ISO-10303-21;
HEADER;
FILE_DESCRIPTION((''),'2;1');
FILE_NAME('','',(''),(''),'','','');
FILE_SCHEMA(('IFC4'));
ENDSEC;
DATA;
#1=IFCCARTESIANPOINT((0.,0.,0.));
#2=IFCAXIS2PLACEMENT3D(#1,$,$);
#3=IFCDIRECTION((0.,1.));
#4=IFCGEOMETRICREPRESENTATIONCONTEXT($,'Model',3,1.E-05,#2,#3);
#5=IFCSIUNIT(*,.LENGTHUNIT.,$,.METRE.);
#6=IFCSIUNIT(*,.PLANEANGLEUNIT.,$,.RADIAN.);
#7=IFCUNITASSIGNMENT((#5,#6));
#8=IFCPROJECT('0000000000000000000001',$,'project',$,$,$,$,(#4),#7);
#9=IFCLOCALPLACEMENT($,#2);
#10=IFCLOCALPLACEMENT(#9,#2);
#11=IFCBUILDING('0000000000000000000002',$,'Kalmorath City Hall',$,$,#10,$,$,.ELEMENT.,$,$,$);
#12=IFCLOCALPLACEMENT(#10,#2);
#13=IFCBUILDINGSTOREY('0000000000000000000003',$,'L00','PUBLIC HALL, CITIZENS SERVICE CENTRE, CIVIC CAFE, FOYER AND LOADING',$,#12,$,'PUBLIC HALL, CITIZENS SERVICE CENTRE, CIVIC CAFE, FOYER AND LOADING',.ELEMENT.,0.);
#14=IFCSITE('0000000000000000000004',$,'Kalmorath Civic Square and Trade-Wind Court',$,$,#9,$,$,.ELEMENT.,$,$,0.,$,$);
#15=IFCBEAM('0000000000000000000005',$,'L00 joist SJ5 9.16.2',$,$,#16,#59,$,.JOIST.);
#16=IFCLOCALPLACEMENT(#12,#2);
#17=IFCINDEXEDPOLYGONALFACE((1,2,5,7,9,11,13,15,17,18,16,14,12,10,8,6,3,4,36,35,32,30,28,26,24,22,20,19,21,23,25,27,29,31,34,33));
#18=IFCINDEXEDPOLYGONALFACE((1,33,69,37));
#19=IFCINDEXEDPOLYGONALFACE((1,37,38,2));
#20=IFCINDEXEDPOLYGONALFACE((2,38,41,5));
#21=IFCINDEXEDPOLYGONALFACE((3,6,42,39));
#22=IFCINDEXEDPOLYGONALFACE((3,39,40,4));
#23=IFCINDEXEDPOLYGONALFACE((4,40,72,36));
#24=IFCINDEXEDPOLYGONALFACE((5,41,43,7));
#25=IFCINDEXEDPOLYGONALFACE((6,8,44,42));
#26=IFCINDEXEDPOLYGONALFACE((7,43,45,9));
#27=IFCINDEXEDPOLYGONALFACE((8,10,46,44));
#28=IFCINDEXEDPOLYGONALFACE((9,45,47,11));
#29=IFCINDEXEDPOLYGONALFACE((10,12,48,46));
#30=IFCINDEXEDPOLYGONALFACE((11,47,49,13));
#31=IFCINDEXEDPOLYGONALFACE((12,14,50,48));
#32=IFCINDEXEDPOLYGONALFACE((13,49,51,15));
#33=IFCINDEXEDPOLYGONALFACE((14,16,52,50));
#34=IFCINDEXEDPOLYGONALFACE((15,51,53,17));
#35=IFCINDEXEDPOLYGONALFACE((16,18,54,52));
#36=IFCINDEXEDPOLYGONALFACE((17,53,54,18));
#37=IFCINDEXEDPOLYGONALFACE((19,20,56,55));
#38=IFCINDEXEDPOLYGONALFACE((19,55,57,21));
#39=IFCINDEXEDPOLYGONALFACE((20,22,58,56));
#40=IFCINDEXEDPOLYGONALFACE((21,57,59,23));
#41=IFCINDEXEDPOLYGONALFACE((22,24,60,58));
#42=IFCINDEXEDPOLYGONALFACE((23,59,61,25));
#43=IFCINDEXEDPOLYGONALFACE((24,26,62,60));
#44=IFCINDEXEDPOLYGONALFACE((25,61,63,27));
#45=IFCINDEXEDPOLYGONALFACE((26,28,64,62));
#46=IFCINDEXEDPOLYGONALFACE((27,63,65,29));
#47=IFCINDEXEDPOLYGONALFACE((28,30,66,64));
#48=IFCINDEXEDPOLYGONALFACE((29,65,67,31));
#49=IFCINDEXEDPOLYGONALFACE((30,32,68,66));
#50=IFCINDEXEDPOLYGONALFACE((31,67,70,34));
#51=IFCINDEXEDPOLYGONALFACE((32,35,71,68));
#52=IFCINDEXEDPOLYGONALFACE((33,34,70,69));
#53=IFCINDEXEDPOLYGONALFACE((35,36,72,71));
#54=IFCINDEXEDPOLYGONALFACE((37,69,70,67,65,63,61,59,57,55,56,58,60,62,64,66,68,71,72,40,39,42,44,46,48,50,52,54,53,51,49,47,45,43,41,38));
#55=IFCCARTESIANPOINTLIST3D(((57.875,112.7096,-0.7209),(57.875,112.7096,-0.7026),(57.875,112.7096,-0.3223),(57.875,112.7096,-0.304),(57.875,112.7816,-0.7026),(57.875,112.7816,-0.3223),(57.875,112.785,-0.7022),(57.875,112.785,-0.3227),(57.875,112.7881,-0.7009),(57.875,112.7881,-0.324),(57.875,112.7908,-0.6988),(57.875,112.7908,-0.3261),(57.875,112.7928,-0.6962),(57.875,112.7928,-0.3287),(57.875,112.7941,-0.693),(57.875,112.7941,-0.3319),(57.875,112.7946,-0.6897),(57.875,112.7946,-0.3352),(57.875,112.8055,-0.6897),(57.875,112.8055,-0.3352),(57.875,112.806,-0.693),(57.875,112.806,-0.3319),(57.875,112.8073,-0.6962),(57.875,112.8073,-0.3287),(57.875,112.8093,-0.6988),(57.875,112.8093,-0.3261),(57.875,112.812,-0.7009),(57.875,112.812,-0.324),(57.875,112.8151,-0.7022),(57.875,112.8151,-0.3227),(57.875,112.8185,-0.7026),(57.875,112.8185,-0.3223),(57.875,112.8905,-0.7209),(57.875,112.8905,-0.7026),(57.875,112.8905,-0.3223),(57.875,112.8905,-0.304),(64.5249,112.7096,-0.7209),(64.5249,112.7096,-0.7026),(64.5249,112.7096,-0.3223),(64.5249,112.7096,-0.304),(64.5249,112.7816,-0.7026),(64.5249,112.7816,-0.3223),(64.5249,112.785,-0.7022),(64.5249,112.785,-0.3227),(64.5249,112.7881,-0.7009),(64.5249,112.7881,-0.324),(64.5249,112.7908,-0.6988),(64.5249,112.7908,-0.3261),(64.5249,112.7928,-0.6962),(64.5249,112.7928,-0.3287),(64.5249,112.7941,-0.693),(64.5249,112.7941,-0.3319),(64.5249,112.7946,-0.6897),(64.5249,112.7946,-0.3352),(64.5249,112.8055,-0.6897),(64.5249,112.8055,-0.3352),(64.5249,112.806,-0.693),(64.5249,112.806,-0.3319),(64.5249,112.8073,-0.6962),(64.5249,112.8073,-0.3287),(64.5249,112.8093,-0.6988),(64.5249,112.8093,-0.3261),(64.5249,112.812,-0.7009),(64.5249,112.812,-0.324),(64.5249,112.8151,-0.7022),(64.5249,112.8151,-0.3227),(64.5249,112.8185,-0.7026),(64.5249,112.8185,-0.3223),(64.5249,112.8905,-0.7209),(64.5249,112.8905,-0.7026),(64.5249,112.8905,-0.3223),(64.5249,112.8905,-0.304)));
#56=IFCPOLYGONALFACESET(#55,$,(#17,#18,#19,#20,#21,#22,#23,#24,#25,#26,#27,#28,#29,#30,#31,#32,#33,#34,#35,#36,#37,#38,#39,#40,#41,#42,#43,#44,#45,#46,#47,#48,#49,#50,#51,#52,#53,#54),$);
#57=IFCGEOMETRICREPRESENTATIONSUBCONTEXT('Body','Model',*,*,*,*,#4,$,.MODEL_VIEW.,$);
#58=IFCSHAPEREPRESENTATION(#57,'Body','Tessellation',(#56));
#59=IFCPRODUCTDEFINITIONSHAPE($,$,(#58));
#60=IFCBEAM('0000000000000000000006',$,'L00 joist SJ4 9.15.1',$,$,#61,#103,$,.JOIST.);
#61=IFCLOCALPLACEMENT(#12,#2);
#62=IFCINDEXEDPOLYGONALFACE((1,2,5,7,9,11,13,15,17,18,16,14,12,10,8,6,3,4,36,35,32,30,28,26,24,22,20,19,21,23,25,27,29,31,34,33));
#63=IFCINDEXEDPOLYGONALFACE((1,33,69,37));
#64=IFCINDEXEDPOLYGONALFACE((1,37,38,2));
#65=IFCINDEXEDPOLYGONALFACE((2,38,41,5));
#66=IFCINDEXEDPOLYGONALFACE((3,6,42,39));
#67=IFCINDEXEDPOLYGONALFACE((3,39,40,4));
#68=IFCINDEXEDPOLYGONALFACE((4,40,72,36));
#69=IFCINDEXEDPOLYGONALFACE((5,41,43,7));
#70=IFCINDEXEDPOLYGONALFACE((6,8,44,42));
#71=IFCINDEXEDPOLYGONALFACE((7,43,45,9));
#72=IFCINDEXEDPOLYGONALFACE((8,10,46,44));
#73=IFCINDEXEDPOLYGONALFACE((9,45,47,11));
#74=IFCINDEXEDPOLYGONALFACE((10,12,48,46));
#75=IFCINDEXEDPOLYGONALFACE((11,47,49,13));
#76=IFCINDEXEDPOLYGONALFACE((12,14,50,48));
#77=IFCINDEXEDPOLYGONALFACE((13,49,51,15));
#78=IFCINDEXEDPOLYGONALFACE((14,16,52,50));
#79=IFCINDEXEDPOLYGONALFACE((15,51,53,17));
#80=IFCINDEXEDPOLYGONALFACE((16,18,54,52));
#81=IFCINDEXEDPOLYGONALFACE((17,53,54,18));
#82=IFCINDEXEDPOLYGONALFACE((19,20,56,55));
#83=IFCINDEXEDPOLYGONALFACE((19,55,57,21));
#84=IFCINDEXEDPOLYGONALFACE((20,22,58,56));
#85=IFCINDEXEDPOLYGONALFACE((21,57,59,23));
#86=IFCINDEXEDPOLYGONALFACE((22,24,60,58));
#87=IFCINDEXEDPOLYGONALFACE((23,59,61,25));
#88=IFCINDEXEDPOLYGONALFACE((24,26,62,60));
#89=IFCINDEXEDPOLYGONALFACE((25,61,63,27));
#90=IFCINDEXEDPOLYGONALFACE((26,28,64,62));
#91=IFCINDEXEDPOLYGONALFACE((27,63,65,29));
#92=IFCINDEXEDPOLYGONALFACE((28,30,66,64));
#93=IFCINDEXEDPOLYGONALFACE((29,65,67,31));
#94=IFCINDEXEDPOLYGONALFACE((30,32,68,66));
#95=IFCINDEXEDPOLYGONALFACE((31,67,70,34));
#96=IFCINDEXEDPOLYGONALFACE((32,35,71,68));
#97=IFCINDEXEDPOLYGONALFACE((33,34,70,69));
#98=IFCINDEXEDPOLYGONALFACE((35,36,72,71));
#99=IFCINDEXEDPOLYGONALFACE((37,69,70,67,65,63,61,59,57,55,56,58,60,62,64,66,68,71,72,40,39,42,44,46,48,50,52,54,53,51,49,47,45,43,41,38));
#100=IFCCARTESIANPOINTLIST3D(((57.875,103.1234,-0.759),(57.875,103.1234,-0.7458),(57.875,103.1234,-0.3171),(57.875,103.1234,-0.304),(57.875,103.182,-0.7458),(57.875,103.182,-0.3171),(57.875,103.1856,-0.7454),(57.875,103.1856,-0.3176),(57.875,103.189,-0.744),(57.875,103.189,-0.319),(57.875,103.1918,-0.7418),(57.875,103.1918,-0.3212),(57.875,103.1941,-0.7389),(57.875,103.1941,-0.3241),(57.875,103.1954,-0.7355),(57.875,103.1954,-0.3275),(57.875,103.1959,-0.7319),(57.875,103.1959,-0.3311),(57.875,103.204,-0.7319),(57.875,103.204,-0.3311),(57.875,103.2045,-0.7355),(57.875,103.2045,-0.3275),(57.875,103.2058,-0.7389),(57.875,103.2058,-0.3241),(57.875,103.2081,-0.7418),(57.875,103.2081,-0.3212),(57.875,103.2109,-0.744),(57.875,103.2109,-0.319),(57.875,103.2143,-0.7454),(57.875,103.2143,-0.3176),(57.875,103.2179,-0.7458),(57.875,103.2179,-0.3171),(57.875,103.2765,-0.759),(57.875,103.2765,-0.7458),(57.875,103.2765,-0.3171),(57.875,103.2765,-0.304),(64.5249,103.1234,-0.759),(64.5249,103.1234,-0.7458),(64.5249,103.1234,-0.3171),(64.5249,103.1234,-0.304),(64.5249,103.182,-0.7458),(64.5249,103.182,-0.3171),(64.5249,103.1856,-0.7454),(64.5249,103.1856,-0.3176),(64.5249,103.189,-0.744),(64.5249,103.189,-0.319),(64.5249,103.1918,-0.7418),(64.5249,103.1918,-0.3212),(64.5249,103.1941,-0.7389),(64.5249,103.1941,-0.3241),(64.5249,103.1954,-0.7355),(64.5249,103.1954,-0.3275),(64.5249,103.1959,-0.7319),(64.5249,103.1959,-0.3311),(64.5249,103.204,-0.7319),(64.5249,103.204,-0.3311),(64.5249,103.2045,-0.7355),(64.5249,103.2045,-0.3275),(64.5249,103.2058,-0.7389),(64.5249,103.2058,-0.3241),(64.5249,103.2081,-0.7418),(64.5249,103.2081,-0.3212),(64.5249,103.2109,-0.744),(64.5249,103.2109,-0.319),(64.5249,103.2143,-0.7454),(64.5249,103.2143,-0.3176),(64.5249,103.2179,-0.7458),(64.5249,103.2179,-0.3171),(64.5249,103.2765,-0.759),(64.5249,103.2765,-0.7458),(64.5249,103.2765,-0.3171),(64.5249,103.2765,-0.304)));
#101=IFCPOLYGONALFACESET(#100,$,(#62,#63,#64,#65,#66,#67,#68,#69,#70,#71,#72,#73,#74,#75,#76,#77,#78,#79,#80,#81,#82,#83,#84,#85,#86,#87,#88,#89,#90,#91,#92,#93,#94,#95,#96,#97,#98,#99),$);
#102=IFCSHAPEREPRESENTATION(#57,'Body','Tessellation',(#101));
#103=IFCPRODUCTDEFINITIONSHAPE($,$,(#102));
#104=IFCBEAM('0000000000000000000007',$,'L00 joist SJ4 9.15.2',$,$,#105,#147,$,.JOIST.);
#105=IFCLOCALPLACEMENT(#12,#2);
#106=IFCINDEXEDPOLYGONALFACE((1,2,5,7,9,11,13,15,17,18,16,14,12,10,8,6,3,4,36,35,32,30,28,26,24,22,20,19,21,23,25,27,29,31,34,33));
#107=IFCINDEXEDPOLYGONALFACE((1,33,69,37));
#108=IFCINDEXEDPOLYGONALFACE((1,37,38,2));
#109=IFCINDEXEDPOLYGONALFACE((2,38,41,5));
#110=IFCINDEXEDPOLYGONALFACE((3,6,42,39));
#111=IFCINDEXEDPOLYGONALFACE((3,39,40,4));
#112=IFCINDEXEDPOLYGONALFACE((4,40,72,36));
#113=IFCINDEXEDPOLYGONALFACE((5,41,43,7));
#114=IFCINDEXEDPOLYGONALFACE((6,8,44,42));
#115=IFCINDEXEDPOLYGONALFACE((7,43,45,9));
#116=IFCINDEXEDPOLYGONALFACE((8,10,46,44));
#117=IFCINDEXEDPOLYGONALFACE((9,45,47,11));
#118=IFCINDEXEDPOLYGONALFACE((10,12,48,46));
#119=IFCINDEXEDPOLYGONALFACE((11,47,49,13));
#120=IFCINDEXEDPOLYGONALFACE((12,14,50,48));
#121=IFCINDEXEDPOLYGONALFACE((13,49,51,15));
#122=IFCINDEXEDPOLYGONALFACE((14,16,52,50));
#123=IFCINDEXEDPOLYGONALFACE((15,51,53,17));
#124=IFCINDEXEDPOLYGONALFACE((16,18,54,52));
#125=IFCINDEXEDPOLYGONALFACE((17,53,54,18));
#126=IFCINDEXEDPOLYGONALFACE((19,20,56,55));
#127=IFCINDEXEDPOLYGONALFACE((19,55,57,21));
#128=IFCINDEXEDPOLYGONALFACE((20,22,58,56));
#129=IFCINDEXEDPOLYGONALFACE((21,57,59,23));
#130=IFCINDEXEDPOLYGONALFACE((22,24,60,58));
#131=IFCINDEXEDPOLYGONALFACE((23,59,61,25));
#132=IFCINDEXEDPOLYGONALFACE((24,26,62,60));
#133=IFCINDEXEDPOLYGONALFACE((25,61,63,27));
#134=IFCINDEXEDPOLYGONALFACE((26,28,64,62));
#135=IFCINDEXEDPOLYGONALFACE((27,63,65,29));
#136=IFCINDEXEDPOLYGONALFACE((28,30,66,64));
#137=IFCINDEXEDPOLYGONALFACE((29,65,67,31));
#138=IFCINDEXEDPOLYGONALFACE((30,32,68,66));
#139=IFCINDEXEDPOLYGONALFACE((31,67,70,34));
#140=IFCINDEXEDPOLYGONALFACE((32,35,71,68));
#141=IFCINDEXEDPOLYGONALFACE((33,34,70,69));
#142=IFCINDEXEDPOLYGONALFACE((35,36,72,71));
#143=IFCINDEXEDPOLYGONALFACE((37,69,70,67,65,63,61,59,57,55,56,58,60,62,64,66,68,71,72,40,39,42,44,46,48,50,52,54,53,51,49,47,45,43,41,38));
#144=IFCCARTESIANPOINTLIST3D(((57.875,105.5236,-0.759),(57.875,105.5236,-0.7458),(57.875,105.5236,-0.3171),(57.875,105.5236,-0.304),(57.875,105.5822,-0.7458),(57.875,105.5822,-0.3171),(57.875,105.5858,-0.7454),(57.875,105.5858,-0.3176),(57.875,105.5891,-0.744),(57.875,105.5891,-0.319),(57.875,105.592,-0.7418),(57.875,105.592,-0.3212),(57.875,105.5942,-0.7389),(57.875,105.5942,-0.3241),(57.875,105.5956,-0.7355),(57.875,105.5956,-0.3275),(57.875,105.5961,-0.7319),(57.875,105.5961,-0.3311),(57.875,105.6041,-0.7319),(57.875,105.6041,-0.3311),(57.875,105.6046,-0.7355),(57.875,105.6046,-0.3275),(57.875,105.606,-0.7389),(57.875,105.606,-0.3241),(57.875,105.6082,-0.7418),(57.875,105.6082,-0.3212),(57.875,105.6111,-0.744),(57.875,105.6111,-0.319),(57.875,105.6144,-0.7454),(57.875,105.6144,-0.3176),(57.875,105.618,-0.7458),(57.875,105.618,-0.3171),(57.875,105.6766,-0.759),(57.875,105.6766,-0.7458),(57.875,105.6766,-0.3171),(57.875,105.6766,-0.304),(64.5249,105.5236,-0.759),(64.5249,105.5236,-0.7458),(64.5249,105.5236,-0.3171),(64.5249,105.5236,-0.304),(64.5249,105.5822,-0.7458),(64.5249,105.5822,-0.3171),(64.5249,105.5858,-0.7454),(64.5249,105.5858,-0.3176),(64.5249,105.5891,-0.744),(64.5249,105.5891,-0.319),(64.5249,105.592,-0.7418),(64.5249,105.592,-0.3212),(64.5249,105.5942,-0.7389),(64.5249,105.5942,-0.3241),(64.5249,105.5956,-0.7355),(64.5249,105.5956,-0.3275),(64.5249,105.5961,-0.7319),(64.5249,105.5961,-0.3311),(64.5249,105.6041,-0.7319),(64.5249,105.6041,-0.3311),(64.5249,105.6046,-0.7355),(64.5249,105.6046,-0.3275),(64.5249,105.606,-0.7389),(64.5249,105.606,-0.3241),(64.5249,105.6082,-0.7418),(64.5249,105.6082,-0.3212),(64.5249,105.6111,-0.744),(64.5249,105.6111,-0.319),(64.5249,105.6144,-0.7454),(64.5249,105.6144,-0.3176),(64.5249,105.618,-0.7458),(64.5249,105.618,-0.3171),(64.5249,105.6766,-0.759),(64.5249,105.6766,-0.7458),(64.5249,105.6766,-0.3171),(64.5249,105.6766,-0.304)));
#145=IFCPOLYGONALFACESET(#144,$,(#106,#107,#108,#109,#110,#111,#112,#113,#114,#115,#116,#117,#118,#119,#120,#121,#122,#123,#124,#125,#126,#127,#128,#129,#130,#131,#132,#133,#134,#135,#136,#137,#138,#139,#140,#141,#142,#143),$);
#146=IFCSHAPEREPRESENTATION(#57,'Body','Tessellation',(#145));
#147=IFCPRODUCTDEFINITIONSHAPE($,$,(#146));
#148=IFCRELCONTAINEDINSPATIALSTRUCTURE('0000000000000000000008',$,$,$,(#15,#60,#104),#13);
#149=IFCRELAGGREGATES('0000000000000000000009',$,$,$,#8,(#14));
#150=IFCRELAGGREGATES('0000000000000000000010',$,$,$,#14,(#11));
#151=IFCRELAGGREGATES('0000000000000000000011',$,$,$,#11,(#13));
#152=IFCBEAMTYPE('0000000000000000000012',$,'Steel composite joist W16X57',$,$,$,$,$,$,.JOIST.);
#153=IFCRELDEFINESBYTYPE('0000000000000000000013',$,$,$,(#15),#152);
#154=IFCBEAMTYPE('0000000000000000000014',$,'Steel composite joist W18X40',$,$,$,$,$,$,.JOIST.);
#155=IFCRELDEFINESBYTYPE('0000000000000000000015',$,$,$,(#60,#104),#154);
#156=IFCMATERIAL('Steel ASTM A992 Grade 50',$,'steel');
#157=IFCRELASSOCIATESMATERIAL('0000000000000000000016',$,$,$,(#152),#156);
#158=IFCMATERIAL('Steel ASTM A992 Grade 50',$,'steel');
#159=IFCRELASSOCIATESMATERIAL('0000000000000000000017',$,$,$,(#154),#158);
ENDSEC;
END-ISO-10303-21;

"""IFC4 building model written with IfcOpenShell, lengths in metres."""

from ifc_helpers import new_model, si_unit, direction, frame, origin, origin_2d, place, context, subcontext, project, spatial, i_section, extrude, material, material_profile, profile_set, type_object, element, save


model = new_model("IFC4")

# Units and contexts
model_context = context("Model", 3, precision=1e-05, world=origin(), true_north=direction((0.0, 1.0)))
body_context = subcontext(model_context, "Body", "Model", "MODEL_VIEW")
ifc_project = project(units=[si_unit("LENGTHUNIT", "METRE"), si_unit("PLANEANGLEUNIT", "RADIAN")], contexts=[model_context])

# Site, building, storey
site_placement = place(None, origin())
site = spatial("IfcSite", under=ifc_project, at=site_placement, Name="Kalmorath Civic Square and Trade-Wind Court", CompositionType="ELEMENT", RefElevation=0.0)
building_placement = place(site_placement, origin())
building = spatial("IfcBuilding", under=site, at=building_placement, Name="Kalmorath City Hall", CompositionType="ELEMENT")
storey_placement = place(building_placement, origin())
storey = spatial("IfcBuildingStorey", under=building, at=storey_placement, Name="L00", Description="PUBLIC HALL, CITIZENS SERVICE CENTRE, CIVIC CAFE, FOYER AND LOADING", LongName="PUBLIC HALL, CITIZENS SERVICE CENTRE, CIVIC CAFE, FOYER AND LOADING", CompositionType="ELEMENT", Elevation=0.0)

# Beams
ifc_material_1 = material(Name="Steel ASTM A992 Grade 50", Category="steel")
ifc_material_profile_1 = material_profile(ifc_material_1, i_section(OverallWidth=0.1809, OverallDepth=0.417, WebThickness=0.011, FlangeThickness=0.0183, FilletRadius=0.0129, at=origin_2d()), Name="W16X57")
ifc_profile_set_1 = profile_set([ifc_material_profile_1], Name="Steel ASTM A992 Grade 50")
beam_type_1 = type_object("IfcBeamType", Name="Steel composite joist W16X57", PredefinedType="JOIST", material=ifc_profile_set_1)
for number, where, z_axis, x_axis, name in (
    (1, (57.875, 112.8, -0.5125), (1.0, 0.0, 0.0), (0.0, 1.0, 0.0), "L00 joist SJ5 9.16.2"),
):
    element("IfcBeam", number, at=place(storey_placement, frame(where, z_axis=z_axis, x_axis=x_axis)), inside=storey, type_object=beam_type_1, Name=name, PredefinedType="JOIST", context=body_context, shape_type="SweptSolid", body=[
        extrude(i_section(OverallWidth=0.1809, OverallDepth=0.417, WebThickness=0.011, FlangeThickness=0.0183, FilletRadius=0.0129, at=origin_2d()), origin(), (0.0, 0.0, 1.0), 6.6499),
    ])
ifc_material_2 = material(Name="Steel ASTM A992 Grade 50", Category="steel")
ifc_material_profile_2 = material_profile(ifc_material_2, i_section(OverallWidth=0.1531, OverallDepth=0.4551, WebThickness=0.0081, FlangeThickness=0.0132, FilletRadius=0.0139, at=origin_2d()), Name="W18X40")
ifc_profile_set_2 = profile_set([ifc_material_profile_2], Name="Steel ASTM A992 Grade 50")
beam_type_2 = type_object("IfcBeamType", Name="Steel composite joist W18X40", PredefinedType="JOIST", material=ifc_profile_set_2)
for number, where, z_axis, x_axis, name in (
    (2, (57.875, 103.2, -0.5315), (1.0, 0.0, 0.0), (0.0, 1.0, 0.0), "L00 joist SJ4 9.15.1"),
    (3, (57.875, 105.6001, -0.5315), (1.0, 0.0, 0.0), (0.0, 1.0, 0.0), "L00 joist SJ4 9.15.2"),
):
    element("IfcBeam", number, at=place(storey_placement, frame(where, z_axis=z_axis, x_axis=x_axis)), inside=storey, type_object=beam_type_2, Name=name, PredefinedType="JOIST", context=body_context, shape_type="SweptSolid", body=[
        extrude(i_section(OverallWidth=0.1531, OverallDepth=0.4551, WebThickness=0.0081, FlangeThickness=0.0132, FilletRadius=0.0139, at=origin_2d()), origin(), (0.0, 0.0, 1.0), 6.6499),
    ])

save(model, "model.ifc")
